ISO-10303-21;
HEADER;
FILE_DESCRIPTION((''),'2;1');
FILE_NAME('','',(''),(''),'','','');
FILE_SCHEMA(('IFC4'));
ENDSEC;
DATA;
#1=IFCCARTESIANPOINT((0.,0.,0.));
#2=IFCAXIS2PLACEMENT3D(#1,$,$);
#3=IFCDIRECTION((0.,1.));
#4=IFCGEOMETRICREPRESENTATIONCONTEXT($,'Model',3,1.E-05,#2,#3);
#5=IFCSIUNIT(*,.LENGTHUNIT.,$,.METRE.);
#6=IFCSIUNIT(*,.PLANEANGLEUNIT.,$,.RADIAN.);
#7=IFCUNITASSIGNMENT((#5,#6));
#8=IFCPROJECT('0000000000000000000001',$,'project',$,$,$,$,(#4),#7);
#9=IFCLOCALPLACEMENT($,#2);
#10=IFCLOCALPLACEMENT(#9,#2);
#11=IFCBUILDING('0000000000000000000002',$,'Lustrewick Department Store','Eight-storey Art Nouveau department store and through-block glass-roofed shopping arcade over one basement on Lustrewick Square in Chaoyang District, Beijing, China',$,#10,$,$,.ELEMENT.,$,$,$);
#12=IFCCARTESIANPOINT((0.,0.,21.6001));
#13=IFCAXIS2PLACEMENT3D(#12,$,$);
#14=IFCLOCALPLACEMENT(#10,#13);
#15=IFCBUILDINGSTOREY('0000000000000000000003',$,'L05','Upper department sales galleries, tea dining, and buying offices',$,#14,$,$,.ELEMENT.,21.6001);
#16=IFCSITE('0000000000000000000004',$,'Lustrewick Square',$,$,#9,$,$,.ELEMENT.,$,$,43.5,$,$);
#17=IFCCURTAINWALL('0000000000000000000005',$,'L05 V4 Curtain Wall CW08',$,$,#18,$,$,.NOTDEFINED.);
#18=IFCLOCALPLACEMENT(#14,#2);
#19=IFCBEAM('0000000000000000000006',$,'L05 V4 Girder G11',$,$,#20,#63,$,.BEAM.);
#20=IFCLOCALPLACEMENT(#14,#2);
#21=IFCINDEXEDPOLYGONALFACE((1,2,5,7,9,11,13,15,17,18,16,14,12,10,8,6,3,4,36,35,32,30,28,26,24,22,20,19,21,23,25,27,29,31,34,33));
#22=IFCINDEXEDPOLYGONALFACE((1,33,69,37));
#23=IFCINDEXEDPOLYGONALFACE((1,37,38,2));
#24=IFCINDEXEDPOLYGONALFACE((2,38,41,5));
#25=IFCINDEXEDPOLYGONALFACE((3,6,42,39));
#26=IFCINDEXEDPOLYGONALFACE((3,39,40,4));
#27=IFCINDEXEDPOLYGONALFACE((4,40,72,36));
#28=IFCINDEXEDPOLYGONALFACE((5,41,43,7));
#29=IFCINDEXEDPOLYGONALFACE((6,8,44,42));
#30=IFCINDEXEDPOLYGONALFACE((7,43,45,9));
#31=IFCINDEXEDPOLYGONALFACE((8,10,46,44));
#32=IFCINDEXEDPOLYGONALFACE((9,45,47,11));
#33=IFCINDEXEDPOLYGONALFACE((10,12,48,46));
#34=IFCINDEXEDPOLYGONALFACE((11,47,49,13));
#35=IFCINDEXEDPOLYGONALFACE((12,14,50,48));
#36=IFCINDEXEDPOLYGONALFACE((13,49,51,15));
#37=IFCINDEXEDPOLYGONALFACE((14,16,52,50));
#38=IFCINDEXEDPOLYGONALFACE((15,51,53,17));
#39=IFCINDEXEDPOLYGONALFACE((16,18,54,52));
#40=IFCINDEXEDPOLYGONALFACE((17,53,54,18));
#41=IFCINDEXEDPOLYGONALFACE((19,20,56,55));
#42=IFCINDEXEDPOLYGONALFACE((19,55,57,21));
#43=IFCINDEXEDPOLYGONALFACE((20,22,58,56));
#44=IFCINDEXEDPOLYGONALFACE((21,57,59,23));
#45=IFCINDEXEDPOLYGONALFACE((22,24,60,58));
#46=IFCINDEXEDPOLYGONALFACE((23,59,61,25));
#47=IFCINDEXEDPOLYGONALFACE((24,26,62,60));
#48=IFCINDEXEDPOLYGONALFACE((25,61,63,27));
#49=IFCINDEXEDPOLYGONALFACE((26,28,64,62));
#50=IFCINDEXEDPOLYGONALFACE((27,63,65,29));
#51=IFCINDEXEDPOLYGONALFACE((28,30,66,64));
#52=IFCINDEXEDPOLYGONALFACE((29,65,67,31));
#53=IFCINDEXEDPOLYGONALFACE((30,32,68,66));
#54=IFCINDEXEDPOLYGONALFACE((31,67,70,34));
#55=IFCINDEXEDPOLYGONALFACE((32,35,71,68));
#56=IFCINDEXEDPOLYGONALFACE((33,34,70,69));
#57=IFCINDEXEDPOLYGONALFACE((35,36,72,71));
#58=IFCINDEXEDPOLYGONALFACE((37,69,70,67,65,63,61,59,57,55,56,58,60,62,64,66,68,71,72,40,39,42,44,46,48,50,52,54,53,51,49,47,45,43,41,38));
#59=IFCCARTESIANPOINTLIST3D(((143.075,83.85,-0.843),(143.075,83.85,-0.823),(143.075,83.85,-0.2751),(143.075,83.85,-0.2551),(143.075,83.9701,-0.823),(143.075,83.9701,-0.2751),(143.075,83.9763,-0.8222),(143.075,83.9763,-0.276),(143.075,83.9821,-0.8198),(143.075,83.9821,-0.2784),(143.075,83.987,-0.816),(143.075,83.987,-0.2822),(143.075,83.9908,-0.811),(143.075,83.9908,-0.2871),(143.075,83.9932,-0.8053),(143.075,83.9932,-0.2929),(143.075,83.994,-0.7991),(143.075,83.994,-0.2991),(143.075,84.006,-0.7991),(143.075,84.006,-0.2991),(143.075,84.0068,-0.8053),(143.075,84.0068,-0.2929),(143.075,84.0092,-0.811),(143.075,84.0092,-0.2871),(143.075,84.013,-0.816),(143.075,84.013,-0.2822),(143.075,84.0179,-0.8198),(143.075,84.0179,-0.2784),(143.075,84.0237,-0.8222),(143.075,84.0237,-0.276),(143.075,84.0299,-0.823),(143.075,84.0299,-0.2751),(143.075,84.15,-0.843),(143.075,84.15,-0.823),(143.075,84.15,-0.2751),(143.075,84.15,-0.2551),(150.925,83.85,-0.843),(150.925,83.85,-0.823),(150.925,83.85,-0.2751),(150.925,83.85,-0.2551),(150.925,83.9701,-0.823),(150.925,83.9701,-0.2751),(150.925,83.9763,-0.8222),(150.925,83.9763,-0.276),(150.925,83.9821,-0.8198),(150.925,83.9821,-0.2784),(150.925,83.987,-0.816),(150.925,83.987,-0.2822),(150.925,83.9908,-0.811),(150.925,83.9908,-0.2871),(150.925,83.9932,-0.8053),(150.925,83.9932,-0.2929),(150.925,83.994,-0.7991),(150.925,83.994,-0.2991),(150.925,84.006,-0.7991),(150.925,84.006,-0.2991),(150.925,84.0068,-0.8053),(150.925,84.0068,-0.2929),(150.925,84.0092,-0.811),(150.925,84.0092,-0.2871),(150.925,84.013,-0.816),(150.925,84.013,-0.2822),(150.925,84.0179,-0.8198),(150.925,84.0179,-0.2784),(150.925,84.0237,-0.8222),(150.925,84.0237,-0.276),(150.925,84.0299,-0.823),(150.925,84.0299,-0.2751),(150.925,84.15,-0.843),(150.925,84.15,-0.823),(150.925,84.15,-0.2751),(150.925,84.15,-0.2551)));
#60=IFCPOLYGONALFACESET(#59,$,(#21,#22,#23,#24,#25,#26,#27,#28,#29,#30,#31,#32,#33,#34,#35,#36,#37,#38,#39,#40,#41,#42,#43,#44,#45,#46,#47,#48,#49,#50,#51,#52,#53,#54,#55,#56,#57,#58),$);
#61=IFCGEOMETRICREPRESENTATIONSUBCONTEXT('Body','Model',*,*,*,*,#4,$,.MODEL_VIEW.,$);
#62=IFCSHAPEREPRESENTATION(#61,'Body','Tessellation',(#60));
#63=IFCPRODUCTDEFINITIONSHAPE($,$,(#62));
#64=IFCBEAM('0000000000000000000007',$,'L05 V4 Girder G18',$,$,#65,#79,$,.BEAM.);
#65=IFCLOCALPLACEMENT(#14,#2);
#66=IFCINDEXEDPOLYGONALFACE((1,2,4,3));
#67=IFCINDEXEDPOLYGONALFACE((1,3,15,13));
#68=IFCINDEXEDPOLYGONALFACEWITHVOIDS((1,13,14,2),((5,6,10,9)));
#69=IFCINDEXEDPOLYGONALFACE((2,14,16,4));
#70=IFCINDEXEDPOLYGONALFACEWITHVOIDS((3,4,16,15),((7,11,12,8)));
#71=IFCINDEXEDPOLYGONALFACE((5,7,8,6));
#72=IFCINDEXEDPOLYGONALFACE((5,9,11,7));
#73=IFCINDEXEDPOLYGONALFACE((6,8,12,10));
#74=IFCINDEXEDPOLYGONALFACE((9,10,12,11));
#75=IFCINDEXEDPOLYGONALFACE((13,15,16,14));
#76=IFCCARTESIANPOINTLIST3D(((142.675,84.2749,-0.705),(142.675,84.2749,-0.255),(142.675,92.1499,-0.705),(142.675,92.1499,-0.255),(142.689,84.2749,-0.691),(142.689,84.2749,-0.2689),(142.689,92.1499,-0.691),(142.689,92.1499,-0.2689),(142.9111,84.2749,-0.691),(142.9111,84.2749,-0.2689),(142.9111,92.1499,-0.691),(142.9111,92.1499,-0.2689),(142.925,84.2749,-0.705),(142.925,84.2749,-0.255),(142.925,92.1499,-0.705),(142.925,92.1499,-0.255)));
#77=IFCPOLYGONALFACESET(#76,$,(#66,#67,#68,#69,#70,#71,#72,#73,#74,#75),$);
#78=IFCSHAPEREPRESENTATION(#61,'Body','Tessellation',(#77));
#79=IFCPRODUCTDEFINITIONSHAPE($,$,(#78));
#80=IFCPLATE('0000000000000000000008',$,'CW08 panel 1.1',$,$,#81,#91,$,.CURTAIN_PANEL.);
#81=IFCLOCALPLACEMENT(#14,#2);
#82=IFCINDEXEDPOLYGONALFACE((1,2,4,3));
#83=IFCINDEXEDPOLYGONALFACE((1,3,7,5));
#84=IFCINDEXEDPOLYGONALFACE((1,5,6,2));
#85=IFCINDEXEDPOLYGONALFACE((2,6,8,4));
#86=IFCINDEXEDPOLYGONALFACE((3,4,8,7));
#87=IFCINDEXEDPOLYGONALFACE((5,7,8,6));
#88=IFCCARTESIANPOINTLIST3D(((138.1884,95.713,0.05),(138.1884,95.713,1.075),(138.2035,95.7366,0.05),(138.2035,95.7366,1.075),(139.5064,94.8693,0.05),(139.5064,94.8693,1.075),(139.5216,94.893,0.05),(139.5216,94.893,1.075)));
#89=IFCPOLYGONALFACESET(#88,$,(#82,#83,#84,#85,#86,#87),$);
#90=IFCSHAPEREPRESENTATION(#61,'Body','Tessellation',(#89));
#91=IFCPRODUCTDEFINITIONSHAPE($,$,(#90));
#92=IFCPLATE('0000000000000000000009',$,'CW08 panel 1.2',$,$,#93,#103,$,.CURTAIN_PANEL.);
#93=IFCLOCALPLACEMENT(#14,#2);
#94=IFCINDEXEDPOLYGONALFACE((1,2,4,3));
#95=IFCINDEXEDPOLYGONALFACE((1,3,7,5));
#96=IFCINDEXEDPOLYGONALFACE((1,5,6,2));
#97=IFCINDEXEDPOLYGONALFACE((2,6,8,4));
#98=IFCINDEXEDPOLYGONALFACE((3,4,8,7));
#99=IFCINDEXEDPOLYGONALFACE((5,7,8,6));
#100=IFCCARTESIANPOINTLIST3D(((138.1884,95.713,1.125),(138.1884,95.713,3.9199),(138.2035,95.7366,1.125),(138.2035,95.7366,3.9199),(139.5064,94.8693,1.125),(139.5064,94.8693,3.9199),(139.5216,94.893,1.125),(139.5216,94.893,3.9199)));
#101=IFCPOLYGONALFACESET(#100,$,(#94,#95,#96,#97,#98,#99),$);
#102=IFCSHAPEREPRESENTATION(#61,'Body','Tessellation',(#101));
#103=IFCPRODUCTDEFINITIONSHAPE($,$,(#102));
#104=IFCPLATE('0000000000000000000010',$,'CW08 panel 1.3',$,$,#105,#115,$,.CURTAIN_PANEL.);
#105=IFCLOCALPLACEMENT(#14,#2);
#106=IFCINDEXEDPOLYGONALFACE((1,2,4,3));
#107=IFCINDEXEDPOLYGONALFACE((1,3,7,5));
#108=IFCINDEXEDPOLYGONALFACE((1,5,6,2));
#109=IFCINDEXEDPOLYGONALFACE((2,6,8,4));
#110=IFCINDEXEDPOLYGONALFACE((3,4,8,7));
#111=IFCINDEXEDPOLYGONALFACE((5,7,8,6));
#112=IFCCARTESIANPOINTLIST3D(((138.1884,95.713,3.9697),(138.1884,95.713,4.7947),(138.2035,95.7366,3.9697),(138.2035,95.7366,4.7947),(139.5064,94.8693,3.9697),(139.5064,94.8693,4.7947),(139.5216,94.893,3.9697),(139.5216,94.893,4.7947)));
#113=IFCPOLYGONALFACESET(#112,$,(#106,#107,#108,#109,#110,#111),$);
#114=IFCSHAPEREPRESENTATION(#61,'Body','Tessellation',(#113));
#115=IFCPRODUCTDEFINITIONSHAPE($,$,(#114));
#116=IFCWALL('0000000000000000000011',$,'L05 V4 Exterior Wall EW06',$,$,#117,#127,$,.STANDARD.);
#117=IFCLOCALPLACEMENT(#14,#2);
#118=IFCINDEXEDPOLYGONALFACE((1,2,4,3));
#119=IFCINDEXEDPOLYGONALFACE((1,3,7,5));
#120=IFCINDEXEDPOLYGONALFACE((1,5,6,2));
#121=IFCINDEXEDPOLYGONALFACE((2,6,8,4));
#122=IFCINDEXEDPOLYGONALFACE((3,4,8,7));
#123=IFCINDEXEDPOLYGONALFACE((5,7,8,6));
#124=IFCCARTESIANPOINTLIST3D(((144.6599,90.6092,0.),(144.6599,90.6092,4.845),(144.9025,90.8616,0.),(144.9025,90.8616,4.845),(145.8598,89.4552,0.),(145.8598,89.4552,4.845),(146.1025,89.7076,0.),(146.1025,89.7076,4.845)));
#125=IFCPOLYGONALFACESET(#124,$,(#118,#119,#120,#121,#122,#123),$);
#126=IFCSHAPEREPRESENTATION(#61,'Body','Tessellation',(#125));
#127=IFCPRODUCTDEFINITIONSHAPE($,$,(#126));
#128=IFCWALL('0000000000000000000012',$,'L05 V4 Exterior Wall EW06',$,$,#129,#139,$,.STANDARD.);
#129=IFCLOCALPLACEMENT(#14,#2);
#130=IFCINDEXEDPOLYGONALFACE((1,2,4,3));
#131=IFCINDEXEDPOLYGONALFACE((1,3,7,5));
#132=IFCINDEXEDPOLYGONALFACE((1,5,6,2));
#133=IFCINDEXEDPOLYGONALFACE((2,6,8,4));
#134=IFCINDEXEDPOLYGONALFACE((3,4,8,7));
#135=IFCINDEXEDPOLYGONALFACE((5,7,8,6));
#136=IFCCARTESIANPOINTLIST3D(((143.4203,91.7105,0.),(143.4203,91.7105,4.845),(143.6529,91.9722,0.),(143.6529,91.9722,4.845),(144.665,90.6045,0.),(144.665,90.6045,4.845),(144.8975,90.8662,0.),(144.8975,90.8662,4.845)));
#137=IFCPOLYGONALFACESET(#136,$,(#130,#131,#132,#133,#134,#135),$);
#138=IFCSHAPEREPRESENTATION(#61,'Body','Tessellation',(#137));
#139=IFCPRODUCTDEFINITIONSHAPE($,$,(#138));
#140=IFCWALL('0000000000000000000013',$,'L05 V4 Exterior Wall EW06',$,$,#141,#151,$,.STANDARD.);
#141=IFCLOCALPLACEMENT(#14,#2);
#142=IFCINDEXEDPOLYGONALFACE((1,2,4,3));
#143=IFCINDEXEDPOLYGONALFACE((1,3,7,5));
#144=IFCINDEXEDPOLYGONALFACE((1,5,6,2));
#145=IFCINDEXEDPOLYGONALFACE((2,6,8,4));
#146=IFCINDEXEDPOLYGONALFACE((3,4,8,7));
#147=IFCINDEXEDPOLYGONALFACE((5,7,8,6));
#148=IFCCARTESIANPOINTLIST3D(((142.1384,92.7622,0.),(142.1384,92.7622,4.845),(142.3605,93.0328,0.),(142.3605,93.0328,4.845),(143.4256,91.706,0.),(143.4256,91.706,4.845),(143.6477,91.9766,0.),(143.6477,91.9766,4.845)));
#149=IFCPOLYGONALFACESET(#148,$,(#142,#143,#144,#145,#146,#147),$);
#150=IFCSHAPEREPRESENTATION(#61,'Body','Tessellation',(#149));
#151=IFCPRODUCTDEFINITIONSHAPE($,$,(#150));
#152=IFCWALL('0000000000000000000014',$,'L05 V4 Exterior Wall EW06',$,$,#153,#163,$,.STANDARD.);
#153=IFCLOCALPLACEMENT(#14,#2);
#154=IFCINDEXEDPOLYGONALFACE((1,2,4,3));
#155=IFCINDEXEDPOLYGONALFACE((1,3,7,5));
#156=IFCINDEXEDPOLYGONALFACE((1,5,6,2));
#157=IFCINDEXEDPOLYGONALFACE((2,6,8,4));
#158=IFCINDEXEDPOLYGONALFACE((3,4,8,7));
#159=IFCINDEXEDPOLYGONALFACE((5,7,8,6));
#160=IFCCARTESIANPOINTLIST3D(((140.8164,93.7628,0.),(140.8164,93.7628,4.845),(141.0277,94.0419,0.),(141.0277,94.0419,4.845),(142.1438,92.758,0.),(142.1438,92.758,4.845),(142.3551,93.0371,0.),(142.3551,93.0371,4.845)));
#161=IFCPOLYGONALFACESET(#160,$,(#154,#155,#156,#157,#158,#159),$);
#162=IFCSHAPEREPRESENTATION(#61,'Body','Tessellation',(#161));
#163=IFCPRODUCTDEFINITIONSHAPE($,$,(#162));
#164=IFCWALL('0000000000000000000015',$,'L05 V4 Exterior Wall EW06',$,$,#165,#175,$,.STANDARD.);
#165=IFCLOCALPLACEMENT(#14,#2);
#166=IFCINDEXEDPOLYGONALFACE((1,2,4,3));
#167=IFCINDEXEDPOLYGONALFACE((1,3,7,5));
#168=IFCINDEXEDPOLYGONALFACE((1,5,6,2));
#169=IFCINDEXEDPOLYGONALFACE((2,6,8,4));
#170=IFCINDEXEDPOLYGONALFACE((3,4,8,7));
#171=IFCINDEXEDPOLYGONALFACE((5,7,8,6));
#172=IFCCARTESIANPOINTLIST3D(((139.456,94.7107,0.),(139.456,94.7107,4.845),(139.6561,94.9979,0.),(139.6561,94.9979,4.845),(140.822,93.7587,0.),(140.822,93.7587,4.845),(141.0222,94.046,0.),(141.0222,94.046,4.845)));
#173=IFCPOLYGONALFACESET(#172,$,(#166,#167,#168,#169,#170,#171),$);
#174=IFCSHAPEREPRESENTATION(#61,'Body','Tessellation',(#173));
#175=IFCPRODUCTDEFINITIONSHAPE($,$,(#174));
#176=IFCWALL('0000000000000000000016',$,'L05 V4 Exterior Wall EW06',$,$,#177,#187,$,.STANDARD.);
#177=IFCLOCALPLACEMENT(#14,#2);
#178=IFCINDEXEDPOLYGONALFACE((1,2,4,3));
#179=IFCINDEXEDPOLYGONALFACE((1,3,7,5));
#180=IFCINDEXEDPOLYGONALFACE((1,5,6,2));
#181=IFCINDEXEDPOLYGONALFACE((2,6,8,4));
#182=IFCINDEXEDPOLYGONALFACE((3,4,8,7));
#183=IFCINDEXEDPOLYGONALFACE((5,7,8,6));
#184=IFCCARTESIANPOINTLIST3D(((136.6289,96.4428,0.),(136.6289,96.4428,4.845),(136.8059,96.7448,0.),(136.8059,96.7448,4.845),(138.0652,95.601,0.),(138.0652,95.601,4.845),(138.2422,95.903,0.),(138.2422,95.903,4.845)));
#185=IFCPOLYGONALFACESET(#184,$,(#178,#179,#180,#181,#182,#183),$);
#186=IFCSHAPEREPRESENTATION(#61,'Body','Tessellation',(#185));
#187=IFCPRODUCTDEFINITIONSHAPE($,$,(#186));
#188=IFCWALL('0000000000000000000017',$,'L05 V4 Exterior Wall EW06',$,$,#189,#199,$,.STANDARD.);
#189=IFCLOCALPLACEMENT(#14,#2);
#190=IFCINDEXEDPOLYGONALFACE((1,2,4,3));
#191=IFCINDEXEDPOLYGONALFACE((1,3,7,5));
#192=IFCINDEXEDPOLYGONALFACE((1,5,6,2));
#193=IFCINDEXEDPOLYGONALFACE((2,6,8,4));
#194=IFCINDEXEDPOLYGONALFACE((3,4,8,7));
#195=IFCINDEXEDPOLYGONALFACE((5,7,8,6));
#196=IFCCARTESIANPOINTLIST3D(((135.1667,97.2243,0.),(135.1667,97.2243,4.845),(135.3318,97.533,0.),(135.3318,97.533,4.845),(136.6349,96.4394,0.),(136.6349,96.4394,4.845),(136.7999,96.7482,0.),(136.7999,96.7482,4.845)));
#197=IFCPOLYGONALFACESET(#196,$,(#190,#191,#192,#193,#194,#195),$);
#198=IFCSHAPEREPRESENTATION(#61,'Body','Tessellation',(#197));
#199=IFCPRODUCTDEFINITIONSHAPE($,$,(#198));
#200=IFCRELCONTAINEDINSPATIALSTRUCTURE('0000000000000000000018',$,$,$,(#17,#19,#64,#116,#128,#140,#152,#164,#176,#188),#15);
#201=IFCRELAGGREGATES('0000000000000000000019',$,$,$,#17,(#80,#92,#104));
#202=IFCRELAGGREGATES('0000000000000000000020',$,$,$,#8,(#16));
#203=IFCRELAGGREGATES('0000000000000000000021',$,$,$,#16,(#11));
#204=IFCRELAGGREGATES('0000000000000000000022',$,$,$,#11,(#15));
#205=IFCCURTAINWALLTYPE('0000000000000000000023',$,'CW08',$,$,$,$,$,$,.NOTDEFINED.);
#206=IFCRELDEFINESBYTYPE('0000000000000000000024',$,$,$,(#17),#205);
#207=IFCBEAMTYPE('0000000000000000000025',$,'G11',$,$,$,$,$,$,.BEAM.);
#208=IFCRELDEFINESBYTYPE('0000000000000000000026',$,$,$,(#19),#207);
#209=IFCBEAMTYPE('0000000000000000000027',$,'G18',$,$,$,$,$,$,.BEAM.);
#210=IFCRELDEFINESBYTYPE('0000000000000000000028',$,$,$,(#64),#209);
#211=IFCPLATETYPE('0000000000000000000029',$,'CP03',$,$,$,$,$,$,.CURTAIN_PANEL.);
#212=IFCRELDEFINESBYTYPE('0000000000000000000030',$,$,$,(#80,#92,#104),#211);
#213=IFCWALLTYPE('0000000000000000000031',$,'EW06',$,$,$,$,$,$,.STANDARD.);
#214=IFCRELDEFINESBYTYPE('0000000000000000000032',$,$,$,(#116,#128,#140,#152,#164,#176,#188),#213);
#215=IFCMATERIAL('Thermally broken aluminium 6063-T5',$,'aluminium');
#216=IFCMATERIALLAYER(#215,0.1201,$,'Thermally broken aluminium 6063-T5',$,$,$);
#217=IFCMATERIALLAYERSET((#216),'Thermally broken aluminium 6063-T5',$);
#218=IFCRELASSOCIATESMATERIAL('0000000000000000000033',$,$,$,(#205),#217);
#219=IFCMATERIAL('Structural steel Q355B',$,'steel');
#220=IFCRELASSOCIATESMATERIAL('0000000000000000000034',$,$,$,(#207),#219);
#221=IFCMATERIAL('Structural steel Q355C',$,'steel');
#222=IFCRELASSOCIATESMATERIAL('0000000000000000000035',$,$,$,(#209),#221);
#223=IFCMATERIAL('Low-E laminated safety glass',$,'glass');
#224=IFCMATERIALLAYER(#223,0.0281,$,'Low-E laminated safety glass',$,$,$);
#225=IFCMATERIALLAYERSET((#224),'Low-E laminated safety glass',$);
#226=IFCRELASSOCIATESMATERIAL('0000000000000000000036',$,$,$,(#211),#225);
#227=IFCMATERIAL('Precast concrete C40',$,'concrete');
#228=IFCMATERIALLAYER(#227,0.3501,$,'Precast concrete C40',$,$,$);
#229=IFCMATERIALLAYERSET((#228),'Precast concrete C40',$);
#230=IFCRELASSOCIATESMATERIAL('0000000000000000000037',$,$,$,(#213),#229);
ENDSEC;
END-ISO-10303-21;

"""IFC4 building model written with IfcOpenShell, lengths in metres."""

from ifc_helpers import new_model, si_unit, direction, frame, frame_2d, origin, origin_2d, place, context, subcontext, project, spatial, rectangle, hollow_rectangle, i_section, extrude, material, layer, layer_set, material_profile, profile_set, type_object, element, aggregate, save


model = new_model("IFC4")

# Units and contexts
model_context = context("Model", 3, precision=1e-05, world=origin(), true_north=direction((0.0, 1.0)))
body_context = subcontext(model_context, "Body", "Model", "MODEL_VIEW")
ifc_project = project(units=[si_unit("LENGTHUNIT", "METRE"), si_unit("PLANEANGLEUNIT", "RADIAN")], contexts=[model_context])

# Site, building, storey
site_placement = place(None, origin())
site = spatial("IfcSite", under=ifc_project, at=site_placement, Name="Lustrewick Square", CompositionType="ELEMENT", RefElevation=43.5)
building_placement = place(site_placement, origin())
building = spatial("IfcBuilding", under=site, at=building_placement, Name="Lustrewick Department Store", Description="Eight-storey Art Nouveau department store and through-block glass-roofed shopping arcade over one basement on Lustrewick Square in Chaoyang District, Beijing, China", CompositionType="ELEMENT")
storey_placement = place(building_placement, frame((0.0, 0.0, 21.6001)))
storey = spatial("IfcBuildingStorey", under=building, at=storey_placement, Name="L05", Description="Upper department sales galleries, tea dining, and buying offices", CompositionType="ELEMENT", Elevation=21.6001)

# Shared definitions
ifc_material_1 = material(Name="Structural steel Q355B", Category="steel")

# Curtain wall
ifc_material_2 = material(Name="Thermally broken aluminium 6063-T5", Category="aluminium")
ifc_layer_1 = layer(ifc_material_2, 0.1201, Name="Thermally broken aluminium 6063-T5")
ifc_layer_set_1 = layer_set([ifc_layer_1], Name="Thermally broken aluminium 6063-T5")
curtain_wall_type = type_object("IfcCurtainWallType", Name="CW08", PredefinedType="NOTDEFINED", material=ifc_layer_set_1)
curtain_wall_placement = place(storey_placement, origin())
curtain_wall = element("IfcCurtainWall", 1, at=curtain_wall_placement, inside=storey, type_object=curtain_wall_type, Name="L05 V4 Curtain Wall CW08", PredefinedType="NOTDEFINED")

# Beams
ifc_material_profile_1 = material_profile(ifc_material_1, i_section(OverallWidth=0.3, OverallDepth=0.5879, WebThickness=0.012, FlangeThickness=0.02, FilletRadius=0.0239, at=origin_2d()), Name="HM 588x300x12x20")
ifc_profile_set_1 = profile_set([ifc_material_profile_1], Name="Structural steel Q355B")
beam_type_1 = type_object("IfcBeamType", Name="G11", PredefinedType="BEAM", material=ifc_profile_set_1)
beam_1_placement = place(storey_placement, frame((143.075, 84.0, -0.5491), z_axis=(1.0, 0.0, 0.0), x_axis=(0.0, 1.0, 0.0)))
element("IfcBeam", 2, at=beam_1_placement, inside=storey, type_object=beam_type_1, Name="L05 V4 Girder G11", PredefinedType="BEAM", context=body_context, shape_type="SweptSolid", body=[
    extrude(i_section(OverallWidth=0.3, OverallDepth=0.5879, WebThickness=0.012, FlangeThickness=0.02, FilletRadius=0.0239, at=origin_2d()), origin(), (0.0, 0.0, 1.0), 7.8501),
])
ifc_material_3 = material(Name="Structural steel Q355C", Category="steel")
ifc_material_profile_2 = material_profile(ifc_material_3, hollow_rectangle(XDim=0.25, YDim=0.45, WallThickness=0.0139, at=origin_2d()), Name="RHS 450x250x14")
ifc_profile_set_2 = profile_set([ifc_material_profile_2], Name="Structural steel Q355C")
beam_type_2 = type_object("IfcBeamType", Name="G18", PredefinedType="BEAM", material=ifc_profile_set_2)
beam_2_placement = place(storey_placement, frame((142.8, 84.2749, -0.48), z_axis=(0.0, 1.0, 0.0), x_axis=(-1.0, 0.0, 0.0)))
element("IfcBeam", 3, at=beam_2_placement, inside=storey, type_object=beam_type_2, Name="L05 V4 Girder G18", PredefinedType="BEAM", context=body_context, shape_type="SweptSolid", body=[
    extrude(hollow_rectangle(XDim=0.25, YDim=0.45, WallThickness=0.0139, at=origin_2d()), origin(), (0.0, 0.0, 1.0), 7.875),
])

# Plates
ifc_material_4 = material(Name="Low-E laminated safety glass", Category="glass")
ifc_layer_2 = layer(ifc_material_4, 0.0281, Name="Low-E laminated safety glass")
ifc_layer_set_2 = layer_set([ifc_layer_2], Name="Low-E laminated safety glass")
plate_type = type_object("IfcPlateType", Name="CP03", PredefinedType="CURTAIN_PANEL", material=ifc_layer_set_2)
plate_1_placement = place(storey_placement, frame((138.855, 95.303, 0.05), z_axis=(0.0, 0.0, 1.0), x_axis=(-0.842236, 0.539108, 0.0)))
plate_1 = element("IfcPlate", 4, at=plate_1_placement, type_object=plate_type, Name="CW08 panel 1.1", PredefinedType="CURTAIN_PANEL", context=body_context, shape_type="SweptSolid", body=[
    extrude(rectangle(XDim=1.5649, YDim=0.0281, at=origin_2d()), origin(), (0.0, 0.0, 1.0), 1.0249),
])
plate_2_placement = place(storey_placement, frame((138.855, 95.303, 1.125), z_axis=(0.0, 0.0, 1.0), x_axis=(-0.842236, 0.539108, 0.0)))
plate_2 = element("IfcPlate", 5, at=plate_2_placement, type_object=plate_type, Name="CW08 panel 1.2", PredefinedType="CURTAIN_PANEL", context=body_context, shape_type="SweptSolid", body=[
    extrude(rectangle(XDim=1.5649, YDim=0.0281, at=origin_2d()), origin(), (0.0, 0.0, 1.0), 2.7949),
])
plate_3_placement = place(storey_placement, frame((138.855, 95.303, 3.9697), z_axis=(0.0, 0.0, 1.0), x_axis=(-0.842236, 0.539108, 0.0)))
plate_3 = element("IfcPlate", 6, at=plate_3_placement, type_object=plate_type, Name="CW08 panel 1.3", PredefinedType="CURTAIN_PANEL", context=body_context, shape_type="SweptSolid", body=[
    extrude(rectangle(XDim=1.5649, YDim=0.0281, at=origin_2d()), origin(), (0.0, 0.0, 1.0), 0.825),
])
aggregate(curtain_wall, [plate_1, plate_2, plate_3])

# Walls
ifc_material_5 = material(Name="Precast concrete C40", Category="concrete")
ifc_layer_3 = layer(ifc_material_5, 0.3501, Name="Precast concrete C40")
ifc_layer_set_3 = layer_set([ifc_layer_3], Name="Precast concrete C40")
wall_type_1 = type_object("IfcWallType", Name="EW06", PredefinedType="STANDARD", material=ifc_layer_set_3)
wall_1_placement = place(storey_placement, frame((145.9812, 89.5813, 0.0), z_axis=(0.0, 0.0, 1.0), x_axis=(-0.720757, 0.693188, 0.0)))
element("IfcWall", 7, at=wall_1_placement, inside=storey, type_object=wall_type_1, Name="L05 V4 Exterior Wall EW06", PredefinedType="STANDARD", context=body_context, shape_type="SweptSolid", body=[
    extrude(rectangle(XDim=1.6648, YDim=0.3501, at=frame_2d((0.8325, 0.0))), origin(), (0.0, 0.0, 1.0), 4.845),
])
for number, where, z_axis, x_axis, name in (
    (8, (144.7812, 90.7354, 0.0), (0.0, 0.0, 1.0), (-0.747523, 0.664236, 0.0), "L05 V4 Exterior Wall EW06"),
    (9, (143.5366, 91.8413, 0.0), (0.0, 0.0, 1.0), (-0.773055, 0.634339, 0.0), "L05 V4 Exterior Wall EW06"),
):
    element("IfcWall", number, at=place(storey_placement, frame(where, z_axis=z_axis, x_axis=x_axis)), inside=storey, type_object=wall_type_1, Name=name, PredefinedType="STANDARD", context=body_context, shape_type="SweptSolid", body=[
        extrude(rectangle(XDim=1.665, YDim=0.3501, at=frame_2d((0.8325, 0.0))), origin(), (0.0, 0.0, 1.0), 4.845),
    ])
wall_2_placement = place(storey_placement, frame((142.2495, 92.8975, 0.0), z_axis=(0.0, 0.0, 1.0), x_axis=(-0.7973, 0.603584, 0.0)))
element("IfcWall", 10, at=wall_2_placement, inside=storey, type_object=wall_type_1, Name="L05 V4 Exterior Wall EW06", PredefinedType="STANDARD", context=body_context, shape_type="SweptSolid", body=[
    extrude(rectangle(XDim=1.6648, YDim=0.3501, at=frame_2d((0.8325, 0.0))), origin(), (0.0, 0.0, 1.0), 4.845),
])
wall_3_placement = place(storey_placement, frame((140.9221, 93.9023, 0.0), z_axis=(0.0, 0.0, 1.0), x_axis=(-0.820436, 0.571739, 0.0)))
element("IfcWall", 11, at=wall_3_placement, inside=storey, type_object=wall_type_1, Name="L05 V4 Exterior Wall EW06", PredefinedType="STANDARD", context=body_context, shape_type="SweptSolid", body=[
    extrude(rectangle(XDim=1.665, YDim=0.3501, at=frame_2d((0.8325, 0.0))), origin(), (0.0, 0.0, 1.0), 4.845),
])
for number, where, z_axis, x_axis, name in (
    (12, (138.1538, 95.752, 0.0), (0.0, 0.0, 1.0), (-0.86274, 0.505648, 0.0), "L05 V4 Exterior Wall EW06"),
    (13, (136.7175, 96.5938, 0.0), (0.0, 0.0, 1.0), (-0.881894, 0.471448, 0.0), "L05 V4 Exterior Wall EW06"),
):
    element("IfcWall", number, at=place(storey_placement, frame(where, z_axis=z_axis, x_axis=x_axis)), inside=storey, type_object=wall_type_1, Name=name, PredefinedType="STANDARD", context=body_context, shape_type="SweptSolid", body=[
        extrude(rectangle(XDim=1.6648, YDim=0.3501, at=frame_2d((0.8325, 0.0))), origin(), (0.0, 0.0, 1.0), 4.845),
    ])

save(model, "model.ifc")
